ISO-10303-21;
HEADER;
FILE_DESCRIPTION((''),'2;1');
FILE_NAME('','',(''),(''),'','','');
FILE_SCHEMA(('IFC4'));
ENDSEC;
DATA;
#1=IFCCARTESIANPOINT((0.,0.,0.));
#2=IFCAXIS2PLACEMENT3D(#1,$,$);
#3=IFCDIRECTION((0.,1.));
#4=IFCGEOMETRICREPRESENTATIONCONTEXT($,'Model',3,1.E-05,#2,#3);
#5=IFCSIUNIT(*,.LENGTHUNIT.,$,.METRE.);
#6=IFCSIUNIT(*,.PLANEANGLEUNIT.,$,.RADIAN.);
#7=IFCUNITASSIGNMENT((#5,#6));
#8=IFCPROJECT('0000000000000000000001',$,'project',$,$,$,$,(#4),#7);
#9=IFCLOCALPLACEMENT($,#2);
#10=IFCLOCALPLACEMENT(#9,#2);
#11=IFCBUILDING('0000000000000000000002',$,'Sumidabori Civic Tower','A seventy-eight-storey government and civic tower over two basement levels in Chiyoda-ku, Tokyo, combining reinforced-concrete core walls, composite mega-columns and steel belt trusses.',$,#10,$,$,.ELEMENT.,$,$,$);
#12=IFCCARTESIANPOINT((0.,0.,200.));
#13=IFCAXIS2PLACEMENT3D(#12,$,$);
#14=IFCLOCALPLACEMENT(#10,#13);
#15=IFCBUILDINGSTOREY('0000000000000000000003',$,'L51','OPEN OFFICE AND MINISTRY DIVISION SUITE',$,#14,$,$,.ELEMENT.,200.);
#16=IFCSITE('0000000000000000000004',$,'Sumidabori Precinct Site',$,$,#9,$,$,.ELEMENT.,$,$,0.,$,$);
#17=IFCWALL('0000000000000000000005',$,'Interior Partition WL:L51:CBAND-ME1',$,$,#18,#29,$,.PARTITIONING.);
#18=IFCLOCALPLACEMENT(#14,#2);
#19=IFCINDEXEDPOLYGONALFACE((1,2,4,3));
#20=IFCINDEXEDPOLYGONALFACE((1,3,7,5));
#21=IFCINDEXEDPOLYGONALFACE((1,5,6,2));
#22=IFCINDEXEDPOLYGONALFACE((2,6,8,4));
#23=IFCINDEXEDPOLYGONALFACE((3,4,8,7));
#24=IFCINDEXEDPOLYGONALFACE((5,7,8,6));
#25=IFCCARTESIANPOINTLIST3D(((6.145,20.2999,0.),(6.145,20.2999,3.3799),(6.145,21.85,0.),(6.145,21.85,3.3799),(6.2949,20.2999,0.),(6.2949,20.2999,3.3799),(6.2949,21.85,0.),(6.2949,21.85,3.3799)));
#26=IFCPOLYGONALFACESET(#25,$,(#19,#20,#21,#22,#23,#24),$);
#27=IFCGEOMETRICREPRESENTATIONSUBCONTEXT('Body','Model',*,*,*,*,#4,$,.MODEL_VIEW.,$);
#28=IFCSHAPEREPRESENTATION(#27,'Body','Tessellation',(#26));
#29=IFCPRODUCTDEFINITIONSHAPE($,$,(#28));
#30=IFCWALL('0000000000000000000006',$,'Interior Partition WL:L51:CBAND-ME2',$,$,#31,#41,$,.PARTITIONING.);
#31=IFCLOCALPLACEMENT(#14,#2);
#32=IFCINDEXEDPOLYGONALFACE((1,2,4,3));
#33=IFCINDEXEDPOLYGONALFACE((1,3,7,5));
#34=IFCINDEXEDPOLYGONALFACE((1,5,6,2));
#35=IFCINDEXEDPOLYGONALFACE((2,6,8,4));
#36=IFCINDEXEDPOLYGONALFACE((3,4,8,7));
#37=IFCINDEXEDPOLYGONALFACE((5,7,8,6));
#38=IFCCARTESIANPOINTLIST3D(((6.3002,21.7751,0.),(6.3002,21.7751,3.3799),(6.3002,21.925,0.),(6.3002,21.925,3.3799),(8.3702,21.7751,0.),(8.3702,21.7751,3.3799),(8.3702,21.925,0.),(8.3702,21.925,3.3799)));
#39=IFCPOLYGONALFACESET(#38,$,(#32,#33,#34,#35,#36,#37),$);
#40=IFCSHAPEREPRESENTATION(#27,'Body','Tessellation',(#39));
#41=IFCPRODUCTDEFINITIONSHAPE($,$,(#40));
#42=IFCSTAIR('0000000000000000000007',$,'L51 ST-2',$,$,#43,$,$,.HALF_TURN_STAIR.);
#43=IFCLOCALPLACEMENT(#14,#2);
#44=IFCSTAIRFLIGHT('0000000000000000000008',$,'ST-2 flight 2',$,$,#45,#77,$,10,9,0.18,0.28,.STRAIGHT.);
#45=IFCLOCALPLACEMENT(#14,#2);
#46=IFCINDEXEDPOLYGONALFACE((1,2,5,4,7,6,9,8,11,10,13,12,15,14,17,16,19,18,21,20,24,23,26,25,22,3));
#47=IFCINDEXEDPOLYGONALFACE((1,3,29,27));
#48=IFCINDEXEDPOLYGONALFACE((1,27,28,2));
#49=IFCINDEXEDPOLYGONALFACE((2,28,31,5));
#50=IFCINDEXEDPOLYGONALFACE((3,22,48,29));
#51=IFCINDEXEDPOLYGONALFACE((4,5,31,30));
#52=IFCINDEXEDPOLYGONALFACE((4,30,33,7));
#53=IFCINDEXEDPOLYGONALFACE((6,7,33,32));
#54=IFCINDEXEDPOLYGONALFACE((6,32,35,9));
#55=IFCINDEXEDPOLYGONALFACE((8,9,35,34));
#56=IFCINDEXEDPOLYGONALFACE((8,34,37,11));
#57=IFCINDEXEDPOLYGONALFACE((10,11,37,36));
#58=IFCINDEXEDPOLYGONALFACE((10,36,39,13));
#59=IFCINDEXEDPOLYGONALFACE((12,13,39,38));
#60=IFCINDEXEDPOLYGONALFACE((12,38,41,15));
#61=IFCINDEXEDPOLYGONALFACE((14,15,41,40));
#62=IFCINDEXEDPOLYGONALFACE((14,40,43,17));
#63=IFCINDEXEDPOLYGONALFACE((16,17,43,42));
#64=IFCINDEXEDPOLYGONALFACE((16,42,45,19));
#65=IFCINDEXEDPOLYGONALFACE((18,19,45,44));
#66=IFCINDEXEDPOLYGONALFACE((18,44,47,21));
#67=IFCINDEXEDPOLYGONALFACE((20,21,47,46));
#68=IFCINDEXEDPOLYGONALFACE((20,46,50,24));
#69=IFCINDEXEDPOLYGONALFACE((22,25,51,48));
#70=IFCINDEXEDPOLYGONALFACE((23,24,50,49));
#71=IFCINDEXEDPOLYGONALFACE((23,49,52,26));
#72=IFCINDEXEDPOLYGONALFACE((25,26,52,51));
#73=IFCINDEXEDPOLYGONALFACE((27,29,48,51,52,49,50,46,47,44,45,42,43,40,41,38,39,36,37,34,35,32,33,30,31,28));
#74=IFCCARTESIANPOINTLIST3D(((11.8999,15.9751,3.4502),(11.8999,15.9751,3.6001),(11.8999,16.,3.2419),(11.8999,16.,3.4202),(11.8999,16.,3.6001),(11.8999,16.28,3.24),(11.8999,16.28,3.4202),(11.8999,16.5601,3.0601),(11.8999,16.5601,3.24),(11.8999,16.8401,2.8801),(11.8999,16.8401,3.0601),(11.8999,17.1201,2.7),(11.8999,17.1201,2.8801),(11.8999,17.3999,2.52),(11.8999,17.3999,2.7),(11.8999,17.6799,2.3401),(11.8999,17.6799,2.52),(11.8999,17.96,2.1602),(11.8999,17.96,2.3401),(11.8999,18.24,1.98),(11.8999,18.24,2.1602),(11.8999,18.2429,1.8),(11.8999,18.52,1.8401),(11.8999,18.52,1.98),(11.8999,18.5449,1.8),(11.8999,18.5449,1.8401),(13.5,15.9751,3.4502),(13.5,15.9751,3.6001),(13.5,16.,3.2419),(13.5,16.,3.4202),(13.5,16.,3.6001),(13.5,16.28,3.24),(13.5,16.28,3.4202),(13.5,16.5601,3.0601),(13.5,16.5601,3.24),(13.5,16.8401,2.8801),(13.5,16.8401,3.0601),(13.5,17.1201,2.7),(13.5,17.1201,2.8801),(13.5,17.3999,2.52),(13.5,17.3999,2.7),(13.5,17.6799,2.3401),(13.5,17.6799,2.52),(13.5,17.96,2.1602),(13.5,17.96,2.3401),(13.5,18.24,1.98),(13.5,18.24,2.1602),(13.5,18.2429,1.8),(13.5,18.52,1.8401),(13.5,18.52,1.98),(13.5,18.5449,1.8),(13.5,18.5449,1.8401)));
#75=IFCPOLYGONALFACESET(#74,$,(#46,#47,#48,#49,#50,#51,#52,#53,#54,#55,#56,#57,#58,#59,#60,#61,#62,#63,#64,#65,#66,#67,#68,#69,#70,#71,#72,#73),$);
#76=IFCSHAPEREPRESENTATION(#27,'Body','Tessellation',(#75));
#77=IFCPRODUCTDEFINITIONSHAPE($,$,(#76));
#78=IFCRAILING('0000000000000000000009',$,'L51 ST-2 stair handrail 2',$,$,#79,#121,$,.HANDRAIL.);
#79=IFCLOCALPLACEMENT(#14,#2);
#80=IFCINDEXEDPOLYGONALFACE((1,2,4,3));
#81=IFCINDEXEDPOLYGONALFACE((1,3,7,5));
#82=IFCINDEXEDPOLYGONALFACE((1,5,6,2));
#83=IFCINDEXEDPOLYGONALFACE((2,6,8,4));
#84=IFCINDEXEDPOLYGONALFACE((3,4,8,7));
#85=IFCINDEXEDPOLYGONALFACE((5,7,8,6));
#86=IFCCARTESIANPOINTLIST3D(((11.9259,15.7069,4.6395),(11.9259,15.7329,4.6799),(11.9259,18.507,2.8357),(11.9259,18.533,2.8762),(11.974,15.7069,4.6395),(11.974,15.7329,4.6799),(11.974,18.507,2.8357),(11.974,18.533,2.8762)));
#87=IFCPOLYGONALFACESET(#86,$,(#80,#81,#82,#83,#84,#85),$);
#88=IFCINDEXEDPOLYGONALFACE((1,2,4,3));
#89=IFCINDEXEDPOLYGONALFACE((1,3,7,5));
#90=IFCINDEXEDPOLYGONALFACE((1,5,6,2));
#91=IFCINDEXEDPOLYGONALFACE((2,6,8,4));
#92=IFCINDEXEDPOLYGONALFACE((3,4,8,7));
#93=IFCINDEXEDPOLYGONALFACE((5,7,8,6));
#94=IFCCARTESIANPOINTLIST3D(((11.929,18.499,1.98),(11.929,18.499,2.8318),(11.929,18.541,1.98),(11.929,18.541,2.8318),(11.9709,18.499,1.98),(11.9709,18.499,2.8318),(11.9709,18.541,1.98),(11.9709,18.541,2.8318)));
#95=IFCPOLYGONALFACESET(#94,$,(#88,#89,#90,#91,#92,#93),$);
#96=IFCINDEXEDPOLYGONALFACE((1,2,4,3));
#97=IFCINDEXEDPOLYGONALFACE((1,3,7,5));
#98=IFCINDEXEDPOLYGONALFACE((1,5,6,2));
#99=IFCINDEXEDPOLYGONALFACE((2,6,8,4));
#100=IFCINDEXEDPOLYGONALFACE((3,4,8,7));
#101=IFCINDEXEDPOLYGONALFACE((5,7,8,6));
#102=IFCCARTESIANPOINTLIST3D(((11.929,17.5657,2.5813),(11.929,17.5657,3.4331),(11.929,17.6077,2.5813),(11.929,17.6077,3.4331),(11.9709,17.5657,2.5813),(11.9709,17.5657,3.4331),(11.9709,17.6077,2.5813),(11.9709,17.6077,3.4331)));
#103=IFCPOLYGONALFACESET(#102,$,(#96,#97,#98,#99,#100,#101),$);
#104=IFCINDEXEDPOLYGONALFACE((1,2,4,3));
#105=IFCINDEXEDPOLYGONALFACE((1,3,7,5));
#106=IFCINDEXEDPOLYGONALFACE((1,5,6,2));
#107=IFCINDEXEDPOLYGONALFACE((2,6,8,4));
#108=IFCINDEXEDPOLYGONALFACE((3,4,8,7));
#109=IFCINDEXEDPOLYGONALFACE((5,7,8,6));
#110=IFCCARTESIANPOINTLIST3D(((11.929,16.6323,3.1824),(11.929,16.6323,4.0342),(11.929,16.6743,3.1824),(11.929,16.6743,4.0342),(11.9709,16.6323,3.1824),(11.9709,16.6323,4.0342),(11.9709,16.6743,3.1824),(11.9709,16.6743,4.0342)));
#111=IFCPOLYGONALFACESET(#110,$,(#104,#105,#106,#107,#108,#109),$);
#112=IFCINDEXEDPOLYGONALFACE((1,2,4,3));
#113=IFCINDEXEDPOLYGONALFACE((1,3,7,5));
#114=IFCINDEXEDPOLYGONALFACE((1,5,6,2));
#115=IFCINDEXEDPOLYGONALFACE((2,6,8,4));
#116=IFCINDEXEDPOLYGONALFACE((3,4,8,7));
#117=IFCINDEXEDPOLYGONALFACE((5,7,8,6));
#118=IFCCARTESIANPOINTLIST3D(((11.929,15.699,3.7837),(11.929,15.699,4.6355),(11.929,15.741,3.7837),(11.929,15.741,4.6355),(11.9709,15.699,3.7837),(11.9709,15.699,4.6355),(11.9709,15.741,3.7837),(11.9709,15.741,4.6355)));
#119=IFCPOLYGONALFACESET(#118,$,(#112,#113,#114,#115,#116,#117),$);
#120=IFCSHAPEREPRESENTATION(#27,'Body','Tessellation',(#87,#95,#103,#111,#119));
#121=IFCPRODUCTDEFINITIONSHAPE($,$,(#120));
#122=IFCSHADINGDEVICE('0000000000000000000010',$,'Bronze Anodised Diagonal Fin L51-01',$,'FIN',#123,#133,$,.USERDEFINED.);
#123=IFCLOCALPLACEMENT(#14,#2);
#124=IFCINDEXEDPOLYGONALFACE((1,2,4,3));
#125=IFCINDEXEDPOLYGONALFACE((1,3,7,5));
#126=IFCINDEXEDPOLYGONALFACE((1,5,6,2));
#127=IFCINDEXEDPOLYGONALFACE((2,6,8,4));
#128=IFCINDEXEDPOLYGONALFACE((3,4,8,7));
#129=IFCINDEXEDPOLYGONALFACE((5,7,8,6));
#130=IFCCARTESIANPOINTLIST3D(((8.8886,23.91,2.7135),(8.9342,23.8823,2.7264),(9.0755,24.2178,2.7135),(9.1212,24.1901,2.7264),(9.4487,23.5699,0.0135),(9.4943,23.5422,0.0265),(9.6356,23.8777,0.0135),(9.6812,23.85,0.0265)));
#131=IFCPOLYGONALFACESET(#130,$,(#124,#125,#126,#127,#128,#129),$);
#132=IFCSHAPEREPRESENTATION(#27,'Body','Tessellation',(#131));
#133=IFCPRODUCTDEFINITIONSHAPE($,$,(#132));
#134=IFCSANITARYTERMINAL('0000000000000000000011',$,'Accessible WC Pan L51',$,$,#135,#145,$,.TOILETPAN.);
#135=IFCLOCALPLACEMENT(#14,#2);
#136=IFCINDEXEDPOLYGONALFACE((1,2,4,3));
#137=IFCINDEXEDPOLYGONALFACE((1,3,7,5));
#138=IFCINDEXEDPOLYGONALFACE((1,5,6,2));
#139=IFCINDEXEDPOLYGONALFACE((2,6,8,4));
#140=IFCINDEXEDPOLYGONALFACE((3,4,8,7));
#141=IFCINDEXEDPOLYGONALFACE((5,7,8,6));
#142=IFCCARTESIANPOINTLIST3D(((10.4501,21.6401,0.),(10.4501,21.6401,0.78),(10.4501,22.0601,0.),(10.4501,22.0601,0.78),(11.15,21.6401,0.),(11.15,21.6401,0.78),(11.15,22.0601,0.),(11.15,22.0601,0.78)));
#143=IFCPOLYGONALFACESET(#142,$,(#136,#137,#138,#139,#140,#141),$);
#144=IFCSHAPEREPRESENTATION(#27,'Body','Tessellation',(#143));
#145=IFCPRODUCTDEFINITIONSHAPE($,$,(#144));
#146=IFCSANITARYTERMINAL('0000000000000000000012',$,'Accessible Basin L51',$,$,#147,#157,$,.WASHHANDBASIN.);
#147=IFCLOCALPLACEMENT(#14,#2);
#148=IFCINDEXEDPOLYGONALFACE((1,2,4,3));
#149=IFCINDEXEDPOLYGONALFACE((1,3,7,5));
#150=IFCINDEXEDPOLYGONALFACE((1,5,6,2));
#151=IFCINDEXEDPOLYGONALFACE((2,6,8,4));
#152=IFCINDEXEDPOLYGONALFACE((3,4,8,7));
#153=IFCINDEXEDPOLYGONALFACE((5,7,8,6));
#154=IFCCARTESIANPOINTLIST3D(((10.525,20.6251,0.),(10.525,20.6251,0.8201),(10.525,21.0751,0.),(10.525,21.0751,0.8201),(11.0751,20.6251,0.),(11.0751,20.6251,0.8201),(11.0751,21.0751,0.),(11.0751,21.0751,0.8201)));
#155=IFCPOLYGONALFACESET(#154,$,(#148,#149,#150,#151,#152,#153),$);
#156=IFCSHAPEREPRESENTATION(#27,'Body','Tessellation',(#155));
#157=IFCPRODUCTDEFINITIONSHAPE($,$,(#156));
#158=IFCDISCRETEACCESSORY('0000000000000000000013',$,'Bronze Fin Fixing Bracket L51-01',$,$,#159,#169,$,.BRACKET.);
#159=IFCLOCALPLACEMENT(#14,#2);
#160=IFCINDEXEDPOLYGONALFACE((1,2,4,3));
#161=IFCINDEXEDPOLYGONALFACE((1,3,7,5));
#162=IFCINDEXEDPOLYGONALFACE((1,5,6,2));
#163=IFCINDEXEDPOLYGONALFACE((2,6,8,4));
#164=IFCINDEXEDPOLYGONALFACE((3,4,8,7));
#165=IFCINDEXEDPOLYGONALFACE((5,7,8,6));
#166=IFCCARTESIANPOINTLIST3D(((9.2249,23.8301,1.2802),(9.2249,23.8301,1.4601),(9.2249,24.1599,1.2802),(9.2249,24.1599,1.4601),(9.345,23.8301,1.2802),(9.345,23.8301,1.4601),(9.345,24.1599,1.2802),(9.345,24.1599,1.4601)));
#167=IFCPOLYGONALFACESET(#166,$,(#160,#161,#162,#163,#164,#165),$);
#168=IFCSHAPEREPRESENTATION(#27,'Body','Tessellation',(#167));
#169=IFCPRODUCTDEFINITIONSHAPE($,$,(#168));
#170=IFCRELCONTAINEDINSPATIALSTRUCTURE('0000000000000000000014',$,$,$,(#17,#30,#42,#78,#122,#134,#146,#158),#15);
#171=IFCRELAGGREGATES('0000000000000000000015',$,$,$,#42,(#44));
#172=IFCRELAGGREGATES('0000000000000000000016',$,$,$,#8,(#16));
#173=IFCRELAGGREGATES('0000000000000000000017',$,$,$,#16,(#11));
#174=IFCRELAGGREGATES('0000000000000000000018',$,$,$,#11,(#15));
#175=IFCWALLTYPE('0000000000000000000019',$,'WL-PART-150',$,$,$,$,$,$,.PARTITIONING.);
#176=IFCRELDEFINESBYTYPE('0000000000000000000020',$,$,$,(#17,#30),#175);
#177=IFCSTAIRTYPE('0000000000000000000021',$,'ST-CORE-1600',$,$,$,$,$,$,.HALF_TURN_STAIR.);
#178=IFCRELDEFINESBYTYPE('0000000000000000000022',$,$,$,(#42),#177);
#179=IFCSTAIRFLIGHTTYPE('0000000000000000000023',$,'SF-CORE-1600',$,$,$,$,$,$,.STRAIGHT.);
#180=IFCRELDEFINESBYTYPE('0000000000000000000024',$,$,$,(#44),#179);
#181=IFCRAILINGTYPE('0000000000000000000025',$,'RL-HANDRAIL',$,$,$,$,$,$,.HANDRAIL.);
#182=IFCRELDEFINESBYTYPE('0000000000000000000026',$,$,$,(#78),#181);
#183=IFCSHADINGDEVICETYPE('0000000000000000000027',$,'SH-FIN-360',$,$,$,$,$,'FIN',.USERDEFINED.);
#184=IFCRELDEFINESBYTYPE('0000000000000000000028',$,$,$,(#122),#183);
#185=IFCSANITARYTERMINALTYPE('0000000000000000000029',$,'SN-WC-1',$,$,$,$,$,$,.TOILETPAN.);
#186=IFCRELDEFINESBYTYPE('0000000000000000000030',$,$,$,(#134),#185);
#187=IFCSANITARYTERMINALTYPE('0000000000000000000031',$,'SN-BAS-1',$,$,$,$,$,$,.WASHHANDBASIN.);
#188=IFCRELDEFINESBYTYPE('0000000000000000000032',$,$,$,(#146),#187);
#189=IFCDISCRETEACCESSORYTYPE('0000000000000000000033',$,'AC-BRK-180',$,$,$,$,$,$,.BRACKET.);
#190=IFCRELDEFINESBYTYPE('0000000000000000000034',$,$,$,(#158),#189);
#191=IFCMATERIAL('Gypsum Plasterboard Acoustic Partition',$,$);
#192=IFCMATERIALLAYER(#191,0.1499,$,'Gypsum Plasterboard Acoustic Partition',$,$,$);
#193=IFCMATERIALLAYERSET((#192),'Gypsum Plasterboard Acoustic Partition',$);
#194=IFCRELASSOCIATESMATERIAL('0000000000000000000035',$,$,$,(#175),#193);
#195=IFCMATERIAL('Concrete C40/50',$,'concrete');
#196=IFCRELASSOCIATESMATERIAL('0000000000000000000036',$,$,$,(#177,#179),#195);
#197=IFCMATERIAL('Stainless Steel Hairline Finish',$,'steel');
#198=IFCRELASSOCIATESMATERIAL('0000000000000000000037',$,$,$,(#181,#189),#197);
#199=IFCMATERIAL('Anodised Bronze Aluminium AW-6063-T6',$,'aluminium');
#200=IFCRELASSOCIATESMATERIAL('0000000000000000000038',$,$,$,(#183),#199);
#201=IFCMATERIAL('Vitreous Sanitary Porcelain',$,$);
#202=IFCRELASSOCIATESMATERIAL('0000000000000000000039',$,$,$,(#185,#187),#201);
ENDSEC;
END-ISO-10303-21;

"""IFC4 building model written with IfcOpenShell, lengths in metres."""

from ifc_helpers import new_model, si_unit, direction, frame, frame_2d, origin, origin_2d, place, context, subcontext, project, spatial, polyline, rectangle, outline, extrude, source, transform, mapped, material, layer, layer_set, material_profile, profile_set, type_object, element, aggregate, save


model = new_model("IFC4")

# Units and contexts
model_context = context("Model", 3, precision=1e-05, world=origin(), true_north=direction((0.0, 1.0)))
body_context = subcontext(model_context, "Body", "Model", "MODEL_VIEW")
ifc_project = project(units=[si_unit("LENGTHUNIT", "METRE"), si_unit("PLANEANGLEUNIT", "RADIAN")], contexts=[model_context])

# Site, building, storey
site_placement = place(None, origin())
site = spatial("IfcSite", under=ifc_project, at=site_placement, Name="Sumidabori Precinct Site", CompositionType="ELEMENT", RefElevation=0.0)
building_placement = place(site_placement, origin())
building = spatial("IfcBuilding", under=site, at=building_placement, Name="Sumidabori Civic Tower", Description="A seventy-eight-storey government and civic tower over two basement levels in Chiyoda-ku, Tokyo, combining reinforced-concrete core walls, composite mega-columns and steel belt trusses.", CompositionType="ELEMENT")
storey_placement = place(building_placement, frame((0.0, 0.0, 200.0)))
storey = spatial("IfcBuildingStorey", under=building, at=storey_placement, Name="L51", Description="OPEN OFFICE AND MINISTRY DIVISION SUITE", CompositionType="ELEMENT", Elevation=200.0)

# Shared definitions
ifc_material_1 = material(Name="Anodised Bronze Aluminium AW-6063-T6", Category="aluminium")

# Walls
ifc_material_2 = material(Name="Gypsum Plasterboard Acoustic Partition")
ifc_layer_1 = layer(ifc_material_2, 0.1499, Name="Gypsum Plasterboard Acoustic Partition")
ifc_layer_set_1 = layer_set([ifc_layer_1], Name="Gypsum Plasterboard Acoustic Partition")
wall_type_1 = type_object("IfcWallType", Name="WL-PART-150", PredefinedType="PARTITIONING", material=ifc_layer_set_1)
shared_shape_1 = source(origin(), body_context, "Body", "SweptSolid", [
    extrude(rectangle(XDim=1.55, YDim=0.1499, at=frame_2d((0.7749, 0.0))), origin(), (0.0, 0.0, 1.0), 3.3799),
])
wall_1_placement = place(storey_placement, frame((6.22, 20.3, 0.0), z_axis=(0.0, 0.0, 1.0), x_axis=(0.0, 1.0, 0.0)))
element("IfcWall", 1, at=wall_1_placement, inside=storey, type_object=wall_type_1, Name="Interior Partition WL:L51:CBAND-ME1", PredefinedType="PARTITIONING", context=body_context, shape_type="MappedRepresentation", body=[
    mapped(shared_shape_1, transform((0.0, 0.0, 0.0), x_axis=(1.0, 0.0, 0.0), y_axis=(0.0, 1.0, 0.0), z_axis=(0.0, 0.0, 1.0), scale=1.0)),
])
shared_shape_2 = source(origin(), body_context, "Body", "SweptSolid", [
    extrude(rectangle(XDim=2.0701, YDim=0.1499, at=frame_2d((1.0352, 0.0))), origin(), (0.0, 0.0, 1.0), 3.3799),
])
wall_2_placement = place(storey_placement, frame((6.3, 21.8501, 0.0), z_axis=(0.0, 0.0, 1.0), x_axis=(1.0, 0.0, 0.0)))
element("IfcWall", 2, at=wall_2_placement, inside=storey, type_object=wall_type_1, Name="Interior Partition WL:L51:CBAND-ME2", PredefinedType="PARTITIONING", context=body_context, shape_type="MappedRepresentation", body=[
    mapped(shared_shape_2, transform((0.0, 0.0, 0.0), x_axis=(1.0, 0.0, 0.0), y_axis=(0.0, 1.0, 0.0), z_axis=(0.0, 0.0, 1.0), scale=1.0)),
])

# Stair, stair flight
ifc_material_3 = material(Name="Concrete C40/50", Category="concrete")
stair_type = type_object("IfcStairType", Name="ST-CORE-1600", PredefinedType="HALF_TURN_STAIR", material=ifc_material_3)
stair_placement = place(storey_placement, origin())
stair = element("IfcStair", 3, at=stair_placement, inside=storey, type_object=stair_type, Name="L51 ST-2", PredefinedType="HALF_TURN_STAIR")
stair_flight_type = type_object("IfcStairFlightType", Name="SF-CORE-1600", PredefinedType="STRAIGHT", material=ifc_material_3)
shared_shape_3 = source(origin(), body_context, "Body", "SweptSolid", [
    extrude(outline(polyline([(-0.0249, 0.0), (-0.0249, 0.04), (0.0, 0.04), (0.0, 0.1799), (0.28, 0.1799), (0.28, 0.3601), (0.5601, 0.3601), (0.5601, 0.54), (0.8401, 0.54), (0.8401, 0.72), (1.1201, 0.72), (1.1201, 0.8999), (1.3999, 0.8999), (1.3999, 1.0801), (1.6799, 1.0801), (1.6799, 1.26), (1.96, 1.26), (1.96, 1.4399), (2.24, 1.4399), (2.24, 1.6201), (2.52, 1.6201), (2.52, 1.8), (2.5449, 1.8), (2.5449, 1.6501), (2.52, 1.4419), (0.2771, 0.0), (-0.0249, 0.0)])), frame((0.0, 0.8, 0.0), z_axis=(0.0, -1.0, 0.0), x_axis=(1.0, 0.0, 0.0)), (0.0, 0.0, 1.0), 1.6001),
])
stair_flight_placement = place(storey_placement, frame((12.7, 18.52, 1.8), z_axis=(0.0, 0.0, 1.0), x_axis=(0.0, -1.0, 0.0)))
stair_flight = element("IfcStairFlight", 4, at=stair_flight_placement, type_object=stair_flight_type, Name="ST-2 flight 2", NumberOfRisers=10, NumberOfTreads=9, PredefinedType="STRAIGHT", RiserHeight=0.18, TreadLength=0.28, context=body_context, shape_type="MappedRepresentation", body=[
    mapped(shared_shape_3, transform((0.0, 0.0, 0.0), x_axis=(1.0, 0.0, 0.0), y_axis=(0.0, 1.0, 0.0), z_axis=(0.0, 0.0, 1.0), scale=1.0)),
])
aggregate(stair, [stair_flight])

# Railing
ifc_material_4 = material(Name="Stainless Steel Hairline Finish", Category="steel")
railing_type = type_object("IfcRailingType", Name="RL-HANDRAIL", PredefinedType="HANDRAIL", material=ifc_material_4)
railing_placement = place(storey_placement, frame((11.95, 18.52, 1.98)))
element("IfcRailing", 5, at=railing_placement, inside=storey, type_object=railing_type, Name="L51 ST-2 stair handrail 2", PredefinedType="HANDRAIL", context=body_context, shape_type="SweptSolid", body=[
    extrude(rectangle(XDim=0.0481, YDim=0.0481, at=origin_2d()), frame((0.0, 0.0, 0.876), z_axis=(0.0, -0.840676, 0.541539), x_axis=(1.0, 0.0, 0.0)), (0.0, 0.0, 1.0), 3.3308),
    extrude(rectangle(XDim=0.042, YDim=0.042, at=origin_2d()), origin(), (0.0, 0.0, 1.0), 0.8518),
    extrude(rectangle(XDim=0.042, YDim=0.042, at=origin_2d()), frame((0.0, -0.9333, 0.6013)), (0.0, 0.0, 1.0), 0.8518),
    extrude(rectangle(XDim=0.042, YDim=0.042, at=origin_2d()), frame((0.0, -1.8667, 1.2024)), (0.0, 0.0, 1.0), 0.8518),
    extrude(rectangle(XDim=0.042, YDim=0.042, at=origin_2d()), frame((0.0, -2.8, 1.8037)), (0.0, 0.0, 1.0), 0.8518),
])

# Shading device
ifc_material_profile_1 = material_profile(ifc_material_1, rectangle(XDim=0.0549, YDim=0.3601, at=origin_2d()), Name="BRONZE FIN 360x55")
ifc_profile_set_1 = profile_set([ifc_material_profile_1], Name="Anodised Bronze Aluminium AW-6063-T6")
shading_device_type = type_object("IfcShadingDeviceType", Name="SH-FIN-360", ElementType="FIN", PredefinedType="USERDEFINED", material=ifc_profile_set_1)
shared_shape_4 = source(origin(), body_context, "Body", "SweptSolid", [
    extrude(rectangle(XDim=0.0549, YDim=0.3601, at=origin_2d()), origin(), (0.0, 0.0, 1.0), 2.7783),
])
shading_device_placement = place(storey_placement, frame((9.5649, 23.71, 0.02), z_axis=(-0.201582, 0.122408, 0.971793), x_axis=(0.830642, -0.504396, 0.235837)))
element("IfcShadingDevice", 6, at=shading_device_placement, inside=storey, type_object=shading_device_type, Name="Bronze Anodised Diagonal Fin L51-01", ObjectType="FIN", PredefinedType="USERDEFINED", context=body_context, shape_type="MappedRepresentation", body=[
    mapped(shared_shape_4, transform((0.0, 0.0, 0.0), x_axis=(1.0, 0.0, 0.0), y_axis=(0.0, 1.0, 0.0), z_axis=(0.0, 0.0, 1.0), scale=1.0)),
])

# Sanitary terminals
ifc_material_5 = material(Name="Vitreous Sanitary Porcelain")
sanitary_terminal_type_1 = type_object("IfcSanitaryTerminalType", Name="SN-WC-1", PredefinedType="TOILETPAN", material=ifc_material_5)
shared_shape_5 = source(origin(), body_context, "Body", "SweptSolid", [
    extrude(rectangle(XDim=0.7, YDim=0.4199, at=origin_2d()), origin(), (0.0, 0.0, 1.0), 0.78),
])
sanitary_terminal_1_placement = place(storey_placement, frame((10.8, 21.8501, 0.0), z_axis=(0.0, 0.0, 1.0), x_axis=(1.0, 0.0, 0.0)))
element("IfcSanitaryTerminal", 7, at=sanitary_terminal_1_placement, inside=storey, type_object=sanitary_terminal_type_1, Name="Accessible WC Pan L51", PredefinedType="TOILETPAN", context=body_context, shape_type="MappedRepresentation", body=[
    mapped(shared_shape_5, transform((0.0, 0.0, 0.0), x_axis=(1.0, 0.0, 0.0), y_axis=(0.0, 1.0, 0.0), z_axis=(0.0, 0.0, 1.0), scale=1.0)),
])
sanitary_terminal_type_2 = type_object("IfcSanitaryTerminalType", Name="SN-BAS-1", PredefinedType="WASHHANDBASIN", material=ifc_material_5)
shared_shape_6 = source(origin(), body_context, "Body", "SweptSolid", [
    extrude(rectangle(XDim=0.55, YDim=0.45, at=origin_2d()), origin(), (0.0, 0.0, 1.0), 0.8201),
])
sanitary_terminal_2_placement = place(storey_placement, frame((10.8, 20.8501, 0.0), z_axis=(0.0, 0.0, 1.0), x_axis=(1.0, 0.0, 0.0)))
element("IfcSanitaryTerminal", 8, at=sanitary_terminal_2_placement, inside=storey, type_object=sanitary_terminal_type_2, Name="Accessible Basin L51", PredefinedType="WASHHANDBASIN", context=body_context, shape_type="MappedRepresentation", body=[
    mapped(shared_shape_6, transform((0.0, 0.0, 0.0), x_axis=(1.0, 0.0, 0.0), y_axis=(0.0, 1.0, 0.0), z_axis=(0.0, 0.0, 1.0), scale=1.0)),
])

# Discrete accessory
ifc_material_profile_2 = material_profile(ifc_material_4, rectangle(XDim=0.1201, YDim=0.1799, at=origin_2d()), Name="STEEL BRACKET 180x120")
ifc_profile_set_2 = profile_set([ifc_material_profile_2], Name="Stainless Steel Hairline Finish")
discrete_accessory_type = type_object("IfcDiscreteAccessoryType", Name="AC-BRK-180", PredefinedType="BRACKET", material=ifc_profile_set_2)
shared_shape_7 = source(origin(), body_context, "Body", "SweptSolid", [
    extrude(rectangle(XDim=0.1201, YDim=0.1799, at=origin_2d()), origin(), (0.0, 0.0, 1.0), 0.3298),
])
discrete_accessory_placement = place(storey_placement, frame((9.2849, 23.8301, 1.3701), z_axis=(0.0, 1.0, 0.0), x_axis=(-1.0, 0.0, 0.0)))
element("IfcDiscreteAccessory", 9, at=discrete_accessory_placement, inside=storey, type_object=discrete_accessory_type, Name="Bronze Fin Fixing Bracket L51-01", PredefinedType="BRACKET", context=body_context, shape_type="MappedRepresentation", body=[
    mapped(shared_shape_7, transform((0.0, 0.0, 0.0), x_axis=(1.0, 0.0, 0.0), y_axis=(0.0, 1.0, 0.0), z_axis=(0.0, 0.0, 1.0), scale=1.0)),
])

save(model, "model.ifc")
